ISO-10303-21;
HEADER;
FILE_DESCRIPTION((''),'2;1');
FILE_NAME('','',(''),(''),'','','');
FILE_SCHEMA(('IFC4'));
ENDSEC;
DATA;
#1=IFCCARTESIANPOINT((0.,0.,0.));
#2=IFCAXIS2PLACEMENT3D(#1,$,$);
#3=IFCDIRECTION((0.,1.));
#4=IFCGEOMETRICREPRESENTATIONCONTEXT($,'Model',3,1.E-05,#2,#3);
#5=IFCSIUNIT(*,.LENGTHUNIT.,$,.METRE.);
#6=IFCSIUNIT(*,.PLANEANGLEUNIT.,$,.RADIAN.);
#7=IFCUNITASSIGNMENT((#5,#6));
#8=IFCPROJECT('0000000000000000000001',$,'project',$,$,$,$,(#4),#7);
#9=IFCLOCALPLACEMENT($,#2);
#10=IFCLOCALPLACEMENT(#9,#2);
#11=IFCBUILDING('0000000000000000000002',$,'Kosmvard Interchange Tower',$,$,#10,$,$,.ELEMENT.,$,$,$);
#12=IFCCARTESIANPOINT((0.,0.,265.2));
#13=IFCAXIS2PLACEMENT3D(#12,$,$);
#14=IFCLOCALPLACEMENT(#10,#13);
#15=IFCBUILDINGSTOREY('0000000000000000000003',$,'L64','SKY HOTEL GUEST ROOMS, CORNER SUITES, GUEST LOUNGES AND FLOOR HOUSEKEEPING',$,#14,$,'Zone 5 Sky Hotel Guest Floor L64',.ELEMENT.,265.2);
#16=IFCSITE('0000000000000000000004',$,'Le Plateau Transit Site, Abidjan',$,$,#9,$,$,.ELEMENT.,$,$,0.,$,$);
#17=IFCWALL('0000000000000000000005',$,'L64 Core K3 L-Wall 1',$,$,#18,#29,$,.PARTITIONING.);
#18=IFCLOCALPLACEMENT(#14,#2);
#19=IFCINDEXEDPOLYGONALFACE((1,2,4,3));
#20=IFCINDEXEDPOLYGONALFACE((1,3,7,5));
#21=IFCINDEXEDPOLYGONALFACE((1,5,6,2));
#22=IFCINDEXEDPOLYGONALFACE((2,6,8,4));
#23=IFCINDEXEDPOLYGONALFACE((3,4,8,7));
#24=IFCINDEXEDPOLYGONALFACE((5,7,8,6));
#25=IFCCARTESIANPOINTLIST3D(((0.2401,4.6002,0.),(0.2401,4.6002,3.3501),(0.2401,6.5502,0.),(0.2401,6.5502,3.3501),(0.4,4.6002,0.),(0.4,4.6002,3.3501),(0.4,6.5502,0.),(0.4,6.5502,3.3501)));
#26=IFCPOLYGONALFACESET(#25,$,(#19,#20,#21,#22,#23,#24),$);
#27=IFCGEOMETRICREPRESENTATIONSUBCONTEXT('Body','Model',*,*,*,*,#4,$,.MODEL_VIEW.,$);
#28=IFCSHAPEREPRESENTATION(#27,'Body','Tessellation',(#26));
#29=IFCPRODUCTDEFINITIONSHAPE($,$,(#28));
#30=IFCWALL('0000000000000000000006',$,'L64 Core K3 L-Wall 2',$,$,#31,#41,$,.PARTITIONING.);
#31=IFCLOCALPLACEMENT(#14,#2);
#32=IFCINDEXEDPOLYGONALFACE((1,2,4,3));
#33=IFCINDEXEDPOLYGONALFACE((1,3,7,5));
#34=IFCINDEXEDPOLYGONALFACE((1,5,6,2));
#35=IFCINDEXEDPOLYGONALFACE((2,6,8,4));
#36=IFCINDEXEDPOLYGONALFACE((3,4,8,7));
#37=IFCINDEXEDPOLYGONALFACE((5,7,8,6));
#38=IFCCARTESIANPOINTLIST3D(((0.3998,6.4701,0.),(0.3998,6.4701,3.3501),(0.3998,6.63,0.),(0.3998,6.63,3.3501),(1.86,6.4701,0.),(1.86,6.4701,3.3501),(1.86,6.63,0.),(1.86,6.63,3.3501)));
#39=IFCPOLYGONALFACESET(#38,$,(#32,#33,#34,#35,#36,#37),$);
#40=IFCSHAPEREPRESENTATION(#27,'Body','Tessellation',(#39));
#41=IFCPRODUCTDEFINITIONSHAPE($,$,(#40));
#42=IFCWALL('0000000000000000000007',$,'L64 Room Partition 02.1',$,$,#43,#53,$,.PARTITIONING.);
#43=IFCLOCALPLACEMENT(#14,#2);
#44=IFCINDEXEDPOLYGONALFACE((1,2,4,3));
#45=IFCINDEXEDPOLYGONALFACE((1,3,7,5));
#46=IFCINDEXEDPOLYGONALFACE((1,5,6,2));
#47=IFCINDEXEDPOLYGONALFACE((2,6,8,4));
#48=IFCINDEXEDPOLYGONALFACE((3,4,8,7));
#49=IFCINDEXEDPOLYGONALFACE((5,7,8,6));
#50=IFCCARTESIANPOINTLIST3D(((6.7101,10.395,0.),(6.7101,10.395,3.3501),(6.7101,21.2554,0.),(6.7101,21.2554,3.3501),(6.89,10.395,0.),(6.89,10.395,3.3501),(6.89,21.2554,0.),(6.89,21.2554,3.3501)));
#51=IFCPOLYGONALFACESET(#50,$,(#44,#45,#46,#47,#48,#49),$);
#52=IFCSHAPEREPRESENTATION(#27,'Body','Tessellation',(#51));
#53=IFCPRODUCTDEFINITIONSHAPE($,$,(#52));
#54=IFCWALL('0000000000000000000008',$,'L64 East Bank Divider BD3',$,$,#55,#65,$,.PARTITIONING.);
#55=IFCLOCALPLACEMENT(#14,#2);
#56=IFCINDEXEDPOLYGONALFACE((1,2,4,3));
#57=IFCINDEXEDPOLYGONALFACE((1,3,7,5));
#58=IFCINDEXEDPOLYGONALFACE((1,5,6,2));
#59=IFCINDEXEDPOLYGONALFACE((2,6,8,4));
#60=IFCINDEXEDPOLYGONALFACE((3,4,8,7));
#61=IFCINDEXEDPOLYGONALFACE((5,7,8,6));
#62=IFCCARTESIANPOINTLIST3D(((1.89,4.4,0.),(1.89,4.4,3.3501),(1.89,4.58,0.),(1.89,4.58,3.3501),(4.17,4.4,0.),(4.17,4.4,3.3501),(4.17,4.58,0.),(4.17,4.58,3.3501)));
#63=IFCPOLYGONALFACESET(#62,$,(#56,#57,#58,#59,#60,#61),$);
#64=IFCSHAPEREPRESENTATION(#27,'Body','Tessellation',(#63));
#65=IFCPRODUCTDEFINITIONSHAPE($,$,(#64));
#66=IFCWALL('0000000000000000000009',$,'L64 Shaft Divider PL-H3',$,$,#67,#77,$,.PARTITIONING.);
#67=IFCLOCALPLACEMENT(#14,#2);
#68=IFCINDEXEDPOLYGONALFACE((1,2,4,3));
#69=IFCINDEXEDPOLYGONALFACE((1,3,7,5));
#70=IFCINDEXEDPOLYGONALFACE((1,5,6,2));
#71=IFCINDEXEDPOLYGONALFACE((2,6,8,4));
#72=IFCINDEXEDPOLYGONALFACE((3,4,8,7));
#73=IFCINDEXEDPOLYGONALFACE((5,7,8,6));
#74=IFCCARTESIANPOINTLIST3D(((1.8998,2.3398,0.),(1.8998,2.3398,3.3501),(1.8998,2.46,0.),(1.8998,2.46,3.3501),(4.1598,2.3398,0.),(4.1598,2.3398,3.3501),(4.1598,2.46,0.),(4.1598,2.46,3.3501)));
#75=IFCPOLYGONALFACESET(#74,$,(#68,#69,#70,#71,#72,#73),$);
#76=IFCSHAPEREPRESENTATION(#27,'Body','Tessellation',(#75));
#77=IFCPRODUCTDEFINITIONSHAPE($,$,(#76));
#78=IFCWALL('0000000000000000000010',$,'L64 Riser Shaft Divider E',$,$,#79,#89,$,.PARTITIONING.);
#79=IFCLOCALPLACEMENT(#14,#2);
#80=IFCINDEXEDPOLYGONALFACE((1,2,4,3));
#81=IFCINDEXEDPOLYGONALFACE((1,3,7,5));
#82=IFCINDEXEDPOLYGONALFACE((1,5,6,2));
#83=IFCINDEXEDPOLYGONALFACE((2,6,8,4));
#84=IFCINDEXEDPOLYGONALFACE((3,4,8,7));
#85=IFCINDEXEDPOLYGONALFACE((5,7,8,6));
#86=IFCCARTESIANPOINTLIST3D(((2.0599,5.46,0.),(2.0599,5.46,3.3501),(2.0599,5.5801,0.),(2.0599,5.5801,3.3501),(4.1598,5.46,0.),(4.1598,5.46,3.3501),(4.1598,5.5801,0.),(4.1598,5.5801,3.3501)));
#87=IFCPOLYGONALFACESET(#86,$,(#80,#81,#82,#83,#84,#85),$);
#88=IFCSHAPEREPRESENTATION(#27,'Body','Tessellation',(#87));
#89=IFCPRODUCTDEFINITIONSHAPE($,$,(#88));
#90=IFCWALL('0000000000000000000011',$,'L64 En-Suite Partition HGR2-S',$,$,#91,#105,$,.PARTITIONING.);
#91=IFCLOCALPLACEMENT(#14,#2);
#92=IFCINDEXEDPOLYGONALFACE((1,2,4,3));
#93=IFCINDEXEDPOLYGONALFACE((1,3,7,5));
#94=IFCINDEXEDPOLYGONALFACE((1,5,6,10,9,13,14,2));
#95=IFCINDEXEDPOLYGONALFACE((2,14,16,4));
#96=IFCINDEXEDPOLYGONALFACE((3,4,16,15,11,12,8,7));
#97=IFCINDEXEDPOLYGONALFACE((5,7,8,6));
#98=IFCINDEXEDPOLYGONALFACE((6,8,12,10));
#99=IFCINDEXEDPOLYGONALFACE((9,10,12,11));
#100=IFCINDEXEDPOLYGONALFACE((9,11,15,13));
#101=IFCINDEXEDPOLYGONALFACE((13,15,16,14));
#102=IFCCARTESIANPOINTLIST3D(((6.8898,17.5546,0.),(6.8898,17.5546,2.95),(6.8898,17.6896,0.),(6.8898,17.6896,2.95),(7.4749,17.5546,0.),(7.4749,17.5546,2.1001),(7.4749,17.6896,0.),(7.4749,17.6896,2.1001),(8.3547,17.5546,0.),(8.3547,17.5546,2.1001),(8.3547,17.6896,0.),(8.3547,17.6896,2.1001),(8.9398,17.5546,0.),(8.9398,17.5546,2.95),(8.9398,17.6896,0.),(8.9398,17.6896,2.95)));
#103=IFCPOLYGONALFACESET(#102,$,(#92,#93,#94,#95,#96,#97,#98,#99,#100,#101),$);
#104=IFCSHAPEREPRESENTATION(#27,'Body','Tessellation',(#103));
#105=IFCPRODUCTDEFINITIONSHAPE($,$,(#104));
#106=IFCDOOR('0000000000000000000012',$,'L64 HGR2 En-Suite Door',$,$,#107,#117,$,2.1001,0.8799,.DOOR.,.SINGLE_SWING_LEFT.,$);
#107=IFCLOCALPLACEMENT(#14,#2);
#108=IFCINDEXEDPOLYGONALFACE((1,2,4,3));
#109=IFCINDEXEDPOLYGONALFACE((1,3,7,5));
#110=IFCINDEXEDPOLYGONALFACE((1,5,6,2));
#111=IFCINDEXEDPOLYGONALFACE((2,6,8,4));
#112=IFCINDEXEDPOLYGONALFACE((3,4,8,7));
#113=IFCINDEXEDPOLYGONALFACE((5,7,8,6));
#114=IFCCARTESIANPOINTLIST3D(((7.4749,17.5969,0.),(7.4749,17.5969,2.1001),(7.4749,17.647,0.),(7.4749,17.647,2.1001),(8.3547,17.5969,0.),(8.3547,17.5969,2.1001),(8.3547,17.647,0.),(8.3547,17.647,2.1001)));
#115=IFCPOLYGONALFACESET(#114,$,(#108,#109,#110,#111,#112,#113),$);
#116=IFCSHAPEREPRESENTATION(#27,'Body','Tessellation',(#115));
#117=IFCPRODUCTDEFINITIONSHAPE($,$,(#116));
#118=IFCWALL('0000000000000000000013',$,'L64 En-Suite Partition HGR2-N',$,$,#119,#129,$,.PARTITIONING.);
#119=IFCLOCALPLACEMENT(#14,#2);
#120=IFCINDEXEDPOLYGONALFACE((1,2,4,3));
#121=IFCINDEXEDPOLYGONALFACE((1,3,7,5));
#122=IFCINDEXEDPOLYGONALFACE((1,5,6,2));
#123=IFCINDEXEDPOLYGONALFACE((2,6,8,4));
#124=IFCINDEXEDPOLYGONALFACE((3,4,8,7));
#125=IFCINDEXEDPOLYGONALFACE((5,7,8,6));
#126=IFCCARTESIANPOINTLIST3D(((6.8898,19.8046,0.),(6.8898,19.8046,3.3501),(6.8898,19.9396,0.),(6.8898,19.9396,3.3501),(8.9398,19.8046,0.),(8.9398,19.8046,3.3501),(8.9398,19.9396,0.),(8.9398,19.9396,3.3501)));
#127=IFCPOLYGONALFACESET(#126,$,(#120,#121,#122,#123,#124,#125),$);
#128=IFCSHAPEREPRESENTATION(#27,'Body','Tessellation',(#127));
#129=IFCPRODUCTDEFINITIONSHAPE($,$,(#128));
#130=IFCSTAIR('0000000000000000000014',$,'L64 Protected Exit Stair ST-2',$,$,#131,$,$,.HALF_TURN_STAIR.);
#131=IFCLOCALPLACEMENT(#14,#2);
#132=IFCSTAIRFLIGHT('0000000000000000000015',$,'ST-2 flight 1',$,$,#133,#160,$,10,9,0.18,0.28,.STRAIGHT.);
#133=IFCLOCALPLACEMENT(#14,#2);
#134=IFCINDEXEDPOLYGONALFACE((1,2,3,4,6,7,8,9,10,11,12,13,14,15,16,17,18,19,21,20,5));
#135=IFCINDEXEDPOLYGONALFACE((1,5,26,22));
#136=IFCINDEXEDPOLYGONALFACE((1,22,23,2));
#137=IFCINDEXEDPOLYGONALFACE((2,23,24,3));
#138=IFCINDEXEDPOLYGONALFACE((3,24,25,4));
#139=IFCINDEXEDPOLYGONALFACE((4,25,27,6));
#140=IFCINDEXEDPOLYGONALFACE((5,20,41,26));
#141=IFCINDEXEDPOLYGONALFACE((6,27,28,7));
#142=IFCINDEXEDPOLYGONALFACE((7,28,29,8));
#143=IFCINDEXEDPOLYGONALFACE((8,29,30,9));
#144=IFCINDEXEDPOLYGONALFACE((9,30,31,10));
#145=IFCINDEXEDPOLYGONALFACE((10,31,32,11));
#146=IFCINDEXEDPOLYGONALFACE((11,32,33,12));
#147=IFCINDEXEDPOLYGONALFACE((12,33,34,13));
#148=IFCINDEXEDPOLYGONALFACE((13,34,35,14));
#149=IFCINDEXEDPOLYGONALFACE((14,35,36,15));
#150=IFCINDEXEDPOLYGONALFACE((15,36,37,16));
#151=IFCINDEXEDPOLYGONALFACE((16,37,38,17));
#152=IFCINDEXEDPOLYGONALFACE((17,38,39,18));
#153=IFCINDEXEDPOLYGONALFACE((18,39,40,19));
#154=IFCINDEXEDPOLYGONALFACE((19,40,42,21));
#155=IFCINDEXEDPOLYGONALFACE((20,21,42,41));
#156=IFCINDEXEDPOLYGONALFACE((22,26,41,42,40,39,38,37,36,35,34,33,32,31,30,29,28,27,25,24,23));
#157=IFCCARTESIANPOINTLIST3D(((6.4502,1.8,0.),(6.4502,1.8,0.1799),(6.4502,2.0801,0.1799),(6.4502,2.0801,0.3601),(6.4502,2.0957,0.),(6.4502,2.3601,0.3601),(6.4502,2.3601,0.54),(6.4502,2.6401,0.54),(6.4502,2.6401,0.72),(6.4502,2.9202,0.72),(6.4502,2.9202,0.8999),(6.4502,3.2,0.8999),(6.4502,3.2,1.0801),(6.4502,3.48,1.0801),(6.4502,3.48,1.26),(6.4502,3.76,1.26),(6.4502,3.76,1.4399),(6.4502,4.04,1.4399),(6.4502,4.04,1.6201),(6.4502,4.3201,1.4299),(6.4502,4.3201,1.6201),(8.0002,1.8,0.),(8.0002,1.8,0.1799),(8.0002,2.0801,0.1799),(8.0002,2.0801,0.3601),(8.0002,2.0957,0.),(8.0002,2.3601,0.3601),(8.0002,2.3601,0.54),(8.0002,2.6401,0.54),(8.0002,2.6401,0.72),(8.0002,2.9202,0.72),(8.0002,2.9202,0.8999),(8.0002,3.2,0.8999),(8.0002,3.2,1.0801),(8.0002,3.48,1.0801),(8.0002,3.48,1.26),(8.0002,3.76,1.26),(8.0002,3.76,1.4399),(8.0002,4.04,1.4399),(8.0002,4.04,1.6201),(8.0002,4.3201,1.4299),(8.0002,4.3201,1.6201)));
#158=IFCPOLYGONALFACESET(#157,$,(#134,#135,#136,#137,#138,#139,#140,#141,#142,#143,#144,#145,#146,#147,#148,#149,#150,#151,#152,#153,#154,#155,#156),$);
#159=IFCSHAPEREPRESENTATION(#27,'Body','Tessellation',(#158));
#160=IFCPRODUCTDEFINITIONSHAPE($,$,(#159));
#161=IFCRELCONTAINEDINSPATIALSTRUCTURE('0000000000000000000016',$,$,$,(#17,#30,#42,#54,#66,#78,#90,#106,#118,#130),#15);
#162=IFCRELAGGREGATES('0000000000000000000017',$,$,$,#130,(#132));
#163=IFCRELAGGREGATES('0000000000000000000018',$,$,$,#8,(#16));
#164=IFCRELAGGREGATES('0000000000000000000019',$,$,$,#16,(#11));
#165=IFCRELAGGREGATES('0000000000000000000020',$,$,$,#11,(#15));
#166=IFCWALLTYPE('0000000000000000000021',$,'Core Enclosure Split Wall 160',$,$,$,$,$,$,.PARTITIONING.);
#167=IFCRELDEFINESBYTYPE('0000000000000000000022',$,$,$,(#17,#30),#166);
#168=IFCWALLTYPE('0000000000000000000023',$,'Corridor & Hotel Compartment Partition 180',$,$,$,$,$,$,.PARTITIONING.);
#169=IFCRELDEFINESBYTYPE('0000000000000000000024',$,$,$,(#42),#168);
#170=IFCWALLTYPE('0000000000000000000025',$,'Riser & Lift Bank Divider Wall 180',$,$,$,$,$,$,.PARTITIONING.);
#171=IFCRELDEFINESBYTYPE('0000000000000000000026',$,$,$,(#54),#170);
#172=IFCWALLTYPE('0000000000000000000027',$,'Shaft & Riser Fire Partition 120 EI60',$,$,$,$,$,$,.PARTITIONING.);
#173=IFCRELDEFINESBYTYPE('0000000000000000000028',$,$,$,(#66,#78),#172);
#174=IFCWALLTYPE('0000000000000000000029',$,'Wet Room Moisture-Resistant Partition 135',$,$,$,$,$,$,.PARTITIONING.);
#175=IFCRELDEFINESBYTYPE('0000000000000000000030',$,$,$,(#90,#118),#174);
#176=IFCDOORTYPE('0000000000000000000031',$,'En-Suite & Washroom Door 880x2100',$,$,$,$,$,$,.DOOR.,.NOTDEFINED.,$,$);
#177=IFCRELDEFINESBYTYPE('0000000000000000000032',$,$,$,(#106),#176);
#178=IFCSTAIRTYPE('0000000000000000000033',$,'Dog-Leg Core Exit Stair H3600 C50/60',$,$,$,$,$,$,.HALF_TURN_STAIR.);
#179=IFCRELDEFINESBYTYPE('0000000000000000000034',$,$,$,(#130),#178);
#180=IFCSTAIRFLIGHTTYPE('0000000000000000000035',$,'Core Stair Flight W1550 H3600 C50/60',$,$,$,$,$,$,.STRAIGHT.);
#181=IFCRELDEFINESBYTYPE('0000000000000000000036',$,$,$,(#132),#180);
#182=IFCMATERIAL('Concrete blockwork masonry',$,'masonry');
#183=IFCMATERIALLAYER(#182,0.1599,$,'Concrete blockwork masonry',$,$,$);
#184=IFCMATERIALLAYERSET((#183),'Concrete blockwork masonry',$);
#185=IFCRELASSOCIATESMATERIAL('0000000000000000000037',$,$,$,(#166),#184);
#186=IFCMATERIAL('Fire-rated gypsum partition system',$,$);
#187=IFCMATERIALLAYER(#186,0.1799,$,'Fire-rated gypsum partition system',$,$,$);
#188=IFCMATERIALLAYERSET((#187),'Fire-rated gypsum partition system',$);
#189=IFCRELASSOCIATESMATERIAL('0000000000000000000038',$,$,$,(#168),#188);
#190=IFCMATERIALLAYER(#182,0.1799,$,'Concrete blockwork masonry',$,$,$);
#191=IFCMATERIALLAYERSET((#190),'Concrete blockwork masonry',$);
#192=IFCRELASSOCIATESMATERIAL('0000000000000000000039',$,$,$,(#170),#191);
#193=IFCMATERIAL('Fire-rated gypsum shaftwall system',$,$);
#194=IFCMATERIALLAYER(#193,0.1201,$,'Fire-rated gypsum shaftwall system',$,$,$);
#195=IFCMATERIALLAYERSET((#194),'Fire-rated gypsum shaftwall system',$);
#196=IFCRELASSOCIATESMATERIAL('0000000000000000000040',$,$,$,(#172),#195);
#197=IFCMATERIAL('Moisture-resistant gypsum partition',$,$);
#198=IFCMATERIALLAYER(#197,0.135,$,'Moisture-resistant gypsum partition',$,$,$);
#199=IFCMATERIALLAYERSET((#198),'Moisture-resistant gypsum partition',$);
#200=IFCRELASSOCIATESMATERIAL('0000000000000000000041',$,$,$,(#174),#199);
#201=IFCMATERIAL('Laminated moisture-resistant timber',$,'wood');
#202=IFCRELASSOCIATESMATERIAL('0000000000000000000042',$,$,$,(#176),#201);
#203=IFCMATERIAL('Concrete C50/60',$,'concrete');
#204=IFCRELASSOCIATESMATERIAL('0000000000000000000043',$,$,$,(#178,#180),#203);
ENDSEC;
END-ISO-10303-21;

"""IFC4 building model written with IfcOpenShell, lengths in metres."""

from ifc_helpers import new_model, si_unit, direction, frame, frame_2d, origin, place, context, subcontext, project, spatial, polyline, rectangle, outline, extrude, source, transform, mapped, material, layer, layer_set, type_object, element, fill, aggregate, save


model = new_model("IFC4")

# Units and contexts
model_context = context("Model", 3, precision=1e-05, world=origin(), true_north=direction((0.0, 1.0)))
body_context = subcontext(model_context, "Body", "Model", "MODEL_VIEW")
ifc_project = project(units=[si_unit("LENGTHUNIT", "METRE"), si_unit("PLANEANGLEUNIT", "RADIAN")], contexts=[model_context])

# Site, building, storey
site_placement = place(None, origin())
site = spatial("IfcSite", under=ifc_project, at=site_placement, Name="Le Plateau Transit Site, Abidjan", CompositionType="ELEMENT", RefElevation=0.0)
building_placement = place(site_placement, origin())
building = spatial("IfcBuilding", under=site, at=building_placement, Name="Kosmvard Interchange Tower", CompositionType="ELEMENT")
storey_placement = place(building_placement, frame((0.0, 0.0, 265.2)))
storey = spatial("IfcBuildingStorey", under=building, at=storey_placement, Name="L64", Description="SKY HOTEL GUEST ROOMS, CORNER SUITES, GUEST LOUNGES AND FLOOR HOUSEKEEPING", LongName="Zone 5 Sky Hotel Guest Floor L64", CompositionType="ELEMENT", Elevation=265.2)

# Shared definitions
ifc_material_1 = material(Name="Concrete C50/60", Category="concrete")

# Walls
ifc_material_2 = material(Name="Fire-rated gypsum partition system")
ifc_material_3 = material(Name="Concrete blockwork masonry", Category="masonry")
ifc_layer_1 = layer(ifc_material_3, 0.1599, Name="Concrete blockwork masonry")
ifc_layer_set_1 = layer_set([ifc_layer_1], Name="Concrete blockwork masonry")
wall_type_1 = type_object("IfcWallType", Name="Core Enclosure Split Wall 160", PredefinedType="PARTITIONING", material=ifc_layer_set_1)
wall_1_placement = place(storey_placement, frame((0.3201, 4.6001, 0.0), z_axis=(0.0, 0.0, 1.0), x_axis=(0.0, 1.0, 0.0)))
element("IfcWall", 1, at=wall_1_placement, inside=storey, type_object=wall_type_1, Name="L64 Core K3 L-Wall 1", PredefinedType="PARTITIONING", context=body_context, shape_type="SweptSolid", body=[
    extrude(rectangle(XDim=1.95, YDim=0.1599, at=frame_2d((0.9751, 0.0))), origin(), (0.0, 0.0, 1.0), 3.3501),
])
wall_2_placement = place(storey_placement, frame((0.3999, 6.55, 0.0), z_axis=(0.0, 0.0, 1.0), x_axis=(1.0, 0.0, 0.0)))
element("IfcWall", 2, at=wall_2_placement, inside=storey, type_object=wall_type_1, Name="L64 Core K3 L-Wall 2", PredefinedType="PARTITIONING", context=body_context, shape_type="SweptSolid", body=[
    extrude(rectangle(XDim=1.4602, YDim=0.1599, at=frame_2d((0.73, 0.0))), origin(), (0.0, 0.0, 1.0), 3.3501),
])
ifc_layer_2 = layer(ifc_material_2, 0.1799, Name="Fire-rated gypsum partition system")
ifc_layer_set_2 = layer_set([ifc_layer_2], Name="Fire-rated gypsum partition system")
wall_type_2 = type_object("IfcWallType", Name="Corridor & Hotel Compartment Partition 180", PredefinedType="PARTITIONING", material=ifc_layer_set_2)
wall_3_placement = place(storey_placement, frame((6.8, 10.395, 0.0), z_axis=(0.0, 0.0, 1.0), x_axis=(0.0, 1.0, 0.0)))
element("IfcWall", 3, at=wall_3_placement, inside=storey, type_object=wall_type_2, Name="L64 Room Partition 02.1", PredefinedType="PARTITIONING", context=body_context, shape_type="SweptSolid", body=[
    extrude(rectangle(XDim=10.8604, YDim=0.1799, at=frame_2d((5.4302, 0.0))), origin(), (0.0, 0.0, 1.0), 3.3501),
])
ifc_layer_3 = layer(ifc_material_3, 0.1799, Name="Concrete blockwork masonry")
ifc_layer_set_3 = layer_set([ifc_layer_3], Name="Concrete blockwork masonry")
wall_type_3 = type_object("IfcWallType", Name="Riser & Lift Bank Divider Wall 180", PredefinedType="PARTITIONING", material=ifc_layer_set_3)
wall_4_placement = place(storey_placement, frame((1.8899, 4.49, 0.0), z_axis=(0.0, 0.0, 1.0), x_axis=(1.0, 0.0, 0.0)))
element("IfcWall", 4, at=wall_4_placement, inside=storey, type_object=wall_type_3, Name="L64 East Bank Divider BD3", PredefinedType="PARTITIONING", context=body_context, shape_type="SweptSolid", body=[
    extrude(rectangle(XDim=2.28, YDim=0.1799, at=frame_2d((1.1401, 0.0))), origin(), (0.0, 0.0, 1.0), 3.3501),
])
ifc_material_4 = material(Name="Fire-rated gypsum shaftwall system")
ifc_layer_4 = layer(ifc_material_4, 0.1201, Name="Fire-rated gypsum shaftwall system")
ifc_layer_set_4 = layer_set([ifc_layer_4], Name="Fire-rated gypsum shaftwall system")
wall_type_4 = type_object("IfcWallType", Name="Shaft & Riser Fire Partition 120 EI60", PredefinedType="PARTITIONING", material=ifc_layer_set_4)
wall_5_placement = place(storey_placement, frame((1.8999, 2.3999, 0.0), z_axis=(0.0, 0.0, 1.0), x_axis=(1.0, 0.0, 0.0)))
element("IfcWall", 5, at=wall_5_placement, inside=storey, type_object=wall_type_4, Name="L64 Shaft Divider PL-H3", PredefinedType="PARTITIONING", context=body_context, shape_type="SweptSolid", body=[
    extrude(rectangle(XDim=2.26, YDim=0.1201, at=frame_2d((1.1299, 0.0))), origin(), (0.0, 0.0, 1.0), 3.3501),
])
wall_6_placement = place(storey_placement, frame((2.0601, 5.52, 0.0), z_axis=(0.0, 0.0, 1.0), x_axis=(1.0, 0.0, 0.0)))
element("IfcWall", 6, at=wall_6_placement, inside=storey, type_object=wall_type_4, Name="L64 Riser Shaft Divider E", PredefinedType="PARTITIONING", context=body_context, shape_type="SweptSolid", body=[
    extrude(rectangle(XDim=2.0999, YDim=0.1201, at=frame_2d((1.0498, 0.0))), origin(), (0.0, 0.0, 1.0), 3.3501),
])

# Wall, opening, door
ifc_material_5 = material(Name="Moisture-resistant gypsum partition")
ifc_layer_5 = layer(ifc_material_5, 0.135, Name="Moisture-resistant gypsum partition")
ifc_layer_set_5 = layer_set([ifc_layer_5], Name="Moisture-resistant gypsum partition")
wall_type_5 = type_object("IfcWallType", Name="Wet Room Moisture-Resistant Partition 135", PredefinedType="PARTITIONING", material=ifc_layer_set_5)
wall_7_placement = place(storey_placement, frame((6.8899, 17.6221, 0.0), z_axis=(0.0, 0.0, 1.0), x_axis=(1.0, 0.0, 0.0)))
wall_7 = element("IfcWall", 7, at=wall_7_placement, inside=storey, type_object=wall_type_5, Name="L64 En-Suite Partition HGR2-S", PredefinedType="PARTITIONING", context=body_context, shape_type="SweptSolid", body=[
    extrude(rectangle(XDim=2.05, YDim=0.135, at=frame_2d((1.0249, 0.0))), origin(), (0.0, 0.0, 1.0), 2.95),
])
opening_placement = place(wall_7_placement, frame((0.585, 0.0, 0.0)))
opening = element("IfcOpeningElement", 8, at=opening_placement, cuts=wall_7, PredefinedType="OPENING", context=body_context, shape_type="SweptSolid", body=[
    extrude(rectangle(XDim=0.8799, YDim=2.1001, at=frame_2d((0.4399, 1.05))), frame((0.0, 0.0776, 0.0), z_axis=(0.0, -1.0, 0.0), x_axis=(1.0, 0.0, 0.0)), (0.0, 0.0, 1.0), 0.155),
])
ifc_material_6 = material(Name="Laminated moisture-resistant timber", Category="wood")
door_type = type_object("IfcDoorType", Name="En-Suite & Washroom Door 880x2100", OperationType="NOTDEFINED", PredefinedType="DOOR", material=ifc_material_6)
shared_shape_1 = source(origin(), body_context, "Body", "SweptSolid", [
    extrude(rectangle(XDim=0.8799, YDim=2.1001, at=frame_2d((0.4399, 1.05))), frame((0.0, 0.0249, 0.0), z_axis=(0.0, -1.0, 0.0), x_axis=(1.0, 0.0, 0.0)), (0.0, 0.0, 1.0), 0.05),
])
door_placement = place(opening_placement, origin())
door = element("IfcDoor", 9, at=door_placement, inside=storey, type_object=door_type, Name="L64 HGR2 En-Suite Door", OperationType="SINGLE_SWING_LEFT", OverallHeight=2.1001, OverallWidth=0.8799, PredefinedType="DOOR", context=body_context, shape_type="MappedRepresentation", body=[
    mapped(shared_shape_1, transform((0.0, 0.0, 0.0), scale=1.0)),
])
fill(opening, door)

# Wall
wall_8_placement = place(storey_placement, frame((6.8899, 19.8721, 0.0), z_axis=(0.0, 0.0, 1.0), x_axis=(1.0, 0.0, 0.0)))
element("IfcWall", 10, at=wall_8_placement, inside=storey, type_object=wall_type_5, Name="L64 En-Suite Partition HGR2-N", PredefinedType="PARTITIONING", context=body_context, shape_type="SweptSolid", body=[
    extrude(rectangle(XDim=2.05, YDim=0.135, at=frame_2d((1.0249, 0.0))), origin(), (0.0, 0.0, 1.0), 3.3501),
])

# Stair, stair flight
stair_type = type_object("IfcStairType", Name="Dog-Leg Core Exit Stair H3600 C50/60", PredefinedType="HALF_TURN_STAIR", material=ifc_material_1)
stair_placement = place(storey_placement, origin())
stair = element("IfcStair", 11, at=stair_placement, inside=storey, type_object=stair_type, Name="L64 Protected Exit Stair ST-2", PredefinedType="HALF_TURN_STAIR")
stair_flight_type = type_object("IfcStairFlightType", Name="Core Stair Flight W1550 H3600 C50/60", PredefinedType="STRAIGHT", material=ifc_material_1)
shared_shape_2 = source(origin(), body_context, "Body", "SweptSolid", [
    extrude(outline(polyline([(0.0, 0.0), (0.0, 0.1799), (0.28, 0.1799), (0.28, 0.3601), (0.5601, 0.3601), (0.5601, 0.54), (0.8401, 0.54), (0.8401, 0.72), (1.1201, 0.72), (1.1201, 0.8999), (1.3999, 0.8999), (1.3999, 1.0801), (1.6799, 1.0801), (1.6799, 1.26), (1.96, 1.26), (1.96, 1.4399), (2.24, 1.4399), (2.24, 1.6201), (2.52, 1.6201), (2.52, 1.8), (2.52, 1.4299), (0.2957, 0.0), (0.0, 0.0)])), frame((0.0, 0.7749, 0.0), z_axis=(0.0, -1.0, 0.0), x_axis=(1.0, 0.0, 0.0)), (0.0, 0.0, 1.0), 1.55),
])
stair_flight_1_placement = place(storey_placement, frame((7.2251, 1.8, 0.0), z_axis=(0.0, 0.0, 1.0), x_axis=(0.0, 1.0, 0.0)))
stair_flight_1 = element("IfcStairFlight", 12, at=stair_flight_1_placement, type_object=stair_flight_type, Name="ST-2 flight 1", NumberOfRisers=10, NumberOfTreads=9, PredefinedType="STRAIGHT", RiserHeight=0.18, TreadLength=0.28, context=body_context, shape_type="MappedRepresentation", body=[
    mapped(shared_shape_2, transform((0.0, 0.0, 0.0), scale=1.0)),
])
aggregate(stair, [stair_flight_1])

save(model, "model.ifc")
